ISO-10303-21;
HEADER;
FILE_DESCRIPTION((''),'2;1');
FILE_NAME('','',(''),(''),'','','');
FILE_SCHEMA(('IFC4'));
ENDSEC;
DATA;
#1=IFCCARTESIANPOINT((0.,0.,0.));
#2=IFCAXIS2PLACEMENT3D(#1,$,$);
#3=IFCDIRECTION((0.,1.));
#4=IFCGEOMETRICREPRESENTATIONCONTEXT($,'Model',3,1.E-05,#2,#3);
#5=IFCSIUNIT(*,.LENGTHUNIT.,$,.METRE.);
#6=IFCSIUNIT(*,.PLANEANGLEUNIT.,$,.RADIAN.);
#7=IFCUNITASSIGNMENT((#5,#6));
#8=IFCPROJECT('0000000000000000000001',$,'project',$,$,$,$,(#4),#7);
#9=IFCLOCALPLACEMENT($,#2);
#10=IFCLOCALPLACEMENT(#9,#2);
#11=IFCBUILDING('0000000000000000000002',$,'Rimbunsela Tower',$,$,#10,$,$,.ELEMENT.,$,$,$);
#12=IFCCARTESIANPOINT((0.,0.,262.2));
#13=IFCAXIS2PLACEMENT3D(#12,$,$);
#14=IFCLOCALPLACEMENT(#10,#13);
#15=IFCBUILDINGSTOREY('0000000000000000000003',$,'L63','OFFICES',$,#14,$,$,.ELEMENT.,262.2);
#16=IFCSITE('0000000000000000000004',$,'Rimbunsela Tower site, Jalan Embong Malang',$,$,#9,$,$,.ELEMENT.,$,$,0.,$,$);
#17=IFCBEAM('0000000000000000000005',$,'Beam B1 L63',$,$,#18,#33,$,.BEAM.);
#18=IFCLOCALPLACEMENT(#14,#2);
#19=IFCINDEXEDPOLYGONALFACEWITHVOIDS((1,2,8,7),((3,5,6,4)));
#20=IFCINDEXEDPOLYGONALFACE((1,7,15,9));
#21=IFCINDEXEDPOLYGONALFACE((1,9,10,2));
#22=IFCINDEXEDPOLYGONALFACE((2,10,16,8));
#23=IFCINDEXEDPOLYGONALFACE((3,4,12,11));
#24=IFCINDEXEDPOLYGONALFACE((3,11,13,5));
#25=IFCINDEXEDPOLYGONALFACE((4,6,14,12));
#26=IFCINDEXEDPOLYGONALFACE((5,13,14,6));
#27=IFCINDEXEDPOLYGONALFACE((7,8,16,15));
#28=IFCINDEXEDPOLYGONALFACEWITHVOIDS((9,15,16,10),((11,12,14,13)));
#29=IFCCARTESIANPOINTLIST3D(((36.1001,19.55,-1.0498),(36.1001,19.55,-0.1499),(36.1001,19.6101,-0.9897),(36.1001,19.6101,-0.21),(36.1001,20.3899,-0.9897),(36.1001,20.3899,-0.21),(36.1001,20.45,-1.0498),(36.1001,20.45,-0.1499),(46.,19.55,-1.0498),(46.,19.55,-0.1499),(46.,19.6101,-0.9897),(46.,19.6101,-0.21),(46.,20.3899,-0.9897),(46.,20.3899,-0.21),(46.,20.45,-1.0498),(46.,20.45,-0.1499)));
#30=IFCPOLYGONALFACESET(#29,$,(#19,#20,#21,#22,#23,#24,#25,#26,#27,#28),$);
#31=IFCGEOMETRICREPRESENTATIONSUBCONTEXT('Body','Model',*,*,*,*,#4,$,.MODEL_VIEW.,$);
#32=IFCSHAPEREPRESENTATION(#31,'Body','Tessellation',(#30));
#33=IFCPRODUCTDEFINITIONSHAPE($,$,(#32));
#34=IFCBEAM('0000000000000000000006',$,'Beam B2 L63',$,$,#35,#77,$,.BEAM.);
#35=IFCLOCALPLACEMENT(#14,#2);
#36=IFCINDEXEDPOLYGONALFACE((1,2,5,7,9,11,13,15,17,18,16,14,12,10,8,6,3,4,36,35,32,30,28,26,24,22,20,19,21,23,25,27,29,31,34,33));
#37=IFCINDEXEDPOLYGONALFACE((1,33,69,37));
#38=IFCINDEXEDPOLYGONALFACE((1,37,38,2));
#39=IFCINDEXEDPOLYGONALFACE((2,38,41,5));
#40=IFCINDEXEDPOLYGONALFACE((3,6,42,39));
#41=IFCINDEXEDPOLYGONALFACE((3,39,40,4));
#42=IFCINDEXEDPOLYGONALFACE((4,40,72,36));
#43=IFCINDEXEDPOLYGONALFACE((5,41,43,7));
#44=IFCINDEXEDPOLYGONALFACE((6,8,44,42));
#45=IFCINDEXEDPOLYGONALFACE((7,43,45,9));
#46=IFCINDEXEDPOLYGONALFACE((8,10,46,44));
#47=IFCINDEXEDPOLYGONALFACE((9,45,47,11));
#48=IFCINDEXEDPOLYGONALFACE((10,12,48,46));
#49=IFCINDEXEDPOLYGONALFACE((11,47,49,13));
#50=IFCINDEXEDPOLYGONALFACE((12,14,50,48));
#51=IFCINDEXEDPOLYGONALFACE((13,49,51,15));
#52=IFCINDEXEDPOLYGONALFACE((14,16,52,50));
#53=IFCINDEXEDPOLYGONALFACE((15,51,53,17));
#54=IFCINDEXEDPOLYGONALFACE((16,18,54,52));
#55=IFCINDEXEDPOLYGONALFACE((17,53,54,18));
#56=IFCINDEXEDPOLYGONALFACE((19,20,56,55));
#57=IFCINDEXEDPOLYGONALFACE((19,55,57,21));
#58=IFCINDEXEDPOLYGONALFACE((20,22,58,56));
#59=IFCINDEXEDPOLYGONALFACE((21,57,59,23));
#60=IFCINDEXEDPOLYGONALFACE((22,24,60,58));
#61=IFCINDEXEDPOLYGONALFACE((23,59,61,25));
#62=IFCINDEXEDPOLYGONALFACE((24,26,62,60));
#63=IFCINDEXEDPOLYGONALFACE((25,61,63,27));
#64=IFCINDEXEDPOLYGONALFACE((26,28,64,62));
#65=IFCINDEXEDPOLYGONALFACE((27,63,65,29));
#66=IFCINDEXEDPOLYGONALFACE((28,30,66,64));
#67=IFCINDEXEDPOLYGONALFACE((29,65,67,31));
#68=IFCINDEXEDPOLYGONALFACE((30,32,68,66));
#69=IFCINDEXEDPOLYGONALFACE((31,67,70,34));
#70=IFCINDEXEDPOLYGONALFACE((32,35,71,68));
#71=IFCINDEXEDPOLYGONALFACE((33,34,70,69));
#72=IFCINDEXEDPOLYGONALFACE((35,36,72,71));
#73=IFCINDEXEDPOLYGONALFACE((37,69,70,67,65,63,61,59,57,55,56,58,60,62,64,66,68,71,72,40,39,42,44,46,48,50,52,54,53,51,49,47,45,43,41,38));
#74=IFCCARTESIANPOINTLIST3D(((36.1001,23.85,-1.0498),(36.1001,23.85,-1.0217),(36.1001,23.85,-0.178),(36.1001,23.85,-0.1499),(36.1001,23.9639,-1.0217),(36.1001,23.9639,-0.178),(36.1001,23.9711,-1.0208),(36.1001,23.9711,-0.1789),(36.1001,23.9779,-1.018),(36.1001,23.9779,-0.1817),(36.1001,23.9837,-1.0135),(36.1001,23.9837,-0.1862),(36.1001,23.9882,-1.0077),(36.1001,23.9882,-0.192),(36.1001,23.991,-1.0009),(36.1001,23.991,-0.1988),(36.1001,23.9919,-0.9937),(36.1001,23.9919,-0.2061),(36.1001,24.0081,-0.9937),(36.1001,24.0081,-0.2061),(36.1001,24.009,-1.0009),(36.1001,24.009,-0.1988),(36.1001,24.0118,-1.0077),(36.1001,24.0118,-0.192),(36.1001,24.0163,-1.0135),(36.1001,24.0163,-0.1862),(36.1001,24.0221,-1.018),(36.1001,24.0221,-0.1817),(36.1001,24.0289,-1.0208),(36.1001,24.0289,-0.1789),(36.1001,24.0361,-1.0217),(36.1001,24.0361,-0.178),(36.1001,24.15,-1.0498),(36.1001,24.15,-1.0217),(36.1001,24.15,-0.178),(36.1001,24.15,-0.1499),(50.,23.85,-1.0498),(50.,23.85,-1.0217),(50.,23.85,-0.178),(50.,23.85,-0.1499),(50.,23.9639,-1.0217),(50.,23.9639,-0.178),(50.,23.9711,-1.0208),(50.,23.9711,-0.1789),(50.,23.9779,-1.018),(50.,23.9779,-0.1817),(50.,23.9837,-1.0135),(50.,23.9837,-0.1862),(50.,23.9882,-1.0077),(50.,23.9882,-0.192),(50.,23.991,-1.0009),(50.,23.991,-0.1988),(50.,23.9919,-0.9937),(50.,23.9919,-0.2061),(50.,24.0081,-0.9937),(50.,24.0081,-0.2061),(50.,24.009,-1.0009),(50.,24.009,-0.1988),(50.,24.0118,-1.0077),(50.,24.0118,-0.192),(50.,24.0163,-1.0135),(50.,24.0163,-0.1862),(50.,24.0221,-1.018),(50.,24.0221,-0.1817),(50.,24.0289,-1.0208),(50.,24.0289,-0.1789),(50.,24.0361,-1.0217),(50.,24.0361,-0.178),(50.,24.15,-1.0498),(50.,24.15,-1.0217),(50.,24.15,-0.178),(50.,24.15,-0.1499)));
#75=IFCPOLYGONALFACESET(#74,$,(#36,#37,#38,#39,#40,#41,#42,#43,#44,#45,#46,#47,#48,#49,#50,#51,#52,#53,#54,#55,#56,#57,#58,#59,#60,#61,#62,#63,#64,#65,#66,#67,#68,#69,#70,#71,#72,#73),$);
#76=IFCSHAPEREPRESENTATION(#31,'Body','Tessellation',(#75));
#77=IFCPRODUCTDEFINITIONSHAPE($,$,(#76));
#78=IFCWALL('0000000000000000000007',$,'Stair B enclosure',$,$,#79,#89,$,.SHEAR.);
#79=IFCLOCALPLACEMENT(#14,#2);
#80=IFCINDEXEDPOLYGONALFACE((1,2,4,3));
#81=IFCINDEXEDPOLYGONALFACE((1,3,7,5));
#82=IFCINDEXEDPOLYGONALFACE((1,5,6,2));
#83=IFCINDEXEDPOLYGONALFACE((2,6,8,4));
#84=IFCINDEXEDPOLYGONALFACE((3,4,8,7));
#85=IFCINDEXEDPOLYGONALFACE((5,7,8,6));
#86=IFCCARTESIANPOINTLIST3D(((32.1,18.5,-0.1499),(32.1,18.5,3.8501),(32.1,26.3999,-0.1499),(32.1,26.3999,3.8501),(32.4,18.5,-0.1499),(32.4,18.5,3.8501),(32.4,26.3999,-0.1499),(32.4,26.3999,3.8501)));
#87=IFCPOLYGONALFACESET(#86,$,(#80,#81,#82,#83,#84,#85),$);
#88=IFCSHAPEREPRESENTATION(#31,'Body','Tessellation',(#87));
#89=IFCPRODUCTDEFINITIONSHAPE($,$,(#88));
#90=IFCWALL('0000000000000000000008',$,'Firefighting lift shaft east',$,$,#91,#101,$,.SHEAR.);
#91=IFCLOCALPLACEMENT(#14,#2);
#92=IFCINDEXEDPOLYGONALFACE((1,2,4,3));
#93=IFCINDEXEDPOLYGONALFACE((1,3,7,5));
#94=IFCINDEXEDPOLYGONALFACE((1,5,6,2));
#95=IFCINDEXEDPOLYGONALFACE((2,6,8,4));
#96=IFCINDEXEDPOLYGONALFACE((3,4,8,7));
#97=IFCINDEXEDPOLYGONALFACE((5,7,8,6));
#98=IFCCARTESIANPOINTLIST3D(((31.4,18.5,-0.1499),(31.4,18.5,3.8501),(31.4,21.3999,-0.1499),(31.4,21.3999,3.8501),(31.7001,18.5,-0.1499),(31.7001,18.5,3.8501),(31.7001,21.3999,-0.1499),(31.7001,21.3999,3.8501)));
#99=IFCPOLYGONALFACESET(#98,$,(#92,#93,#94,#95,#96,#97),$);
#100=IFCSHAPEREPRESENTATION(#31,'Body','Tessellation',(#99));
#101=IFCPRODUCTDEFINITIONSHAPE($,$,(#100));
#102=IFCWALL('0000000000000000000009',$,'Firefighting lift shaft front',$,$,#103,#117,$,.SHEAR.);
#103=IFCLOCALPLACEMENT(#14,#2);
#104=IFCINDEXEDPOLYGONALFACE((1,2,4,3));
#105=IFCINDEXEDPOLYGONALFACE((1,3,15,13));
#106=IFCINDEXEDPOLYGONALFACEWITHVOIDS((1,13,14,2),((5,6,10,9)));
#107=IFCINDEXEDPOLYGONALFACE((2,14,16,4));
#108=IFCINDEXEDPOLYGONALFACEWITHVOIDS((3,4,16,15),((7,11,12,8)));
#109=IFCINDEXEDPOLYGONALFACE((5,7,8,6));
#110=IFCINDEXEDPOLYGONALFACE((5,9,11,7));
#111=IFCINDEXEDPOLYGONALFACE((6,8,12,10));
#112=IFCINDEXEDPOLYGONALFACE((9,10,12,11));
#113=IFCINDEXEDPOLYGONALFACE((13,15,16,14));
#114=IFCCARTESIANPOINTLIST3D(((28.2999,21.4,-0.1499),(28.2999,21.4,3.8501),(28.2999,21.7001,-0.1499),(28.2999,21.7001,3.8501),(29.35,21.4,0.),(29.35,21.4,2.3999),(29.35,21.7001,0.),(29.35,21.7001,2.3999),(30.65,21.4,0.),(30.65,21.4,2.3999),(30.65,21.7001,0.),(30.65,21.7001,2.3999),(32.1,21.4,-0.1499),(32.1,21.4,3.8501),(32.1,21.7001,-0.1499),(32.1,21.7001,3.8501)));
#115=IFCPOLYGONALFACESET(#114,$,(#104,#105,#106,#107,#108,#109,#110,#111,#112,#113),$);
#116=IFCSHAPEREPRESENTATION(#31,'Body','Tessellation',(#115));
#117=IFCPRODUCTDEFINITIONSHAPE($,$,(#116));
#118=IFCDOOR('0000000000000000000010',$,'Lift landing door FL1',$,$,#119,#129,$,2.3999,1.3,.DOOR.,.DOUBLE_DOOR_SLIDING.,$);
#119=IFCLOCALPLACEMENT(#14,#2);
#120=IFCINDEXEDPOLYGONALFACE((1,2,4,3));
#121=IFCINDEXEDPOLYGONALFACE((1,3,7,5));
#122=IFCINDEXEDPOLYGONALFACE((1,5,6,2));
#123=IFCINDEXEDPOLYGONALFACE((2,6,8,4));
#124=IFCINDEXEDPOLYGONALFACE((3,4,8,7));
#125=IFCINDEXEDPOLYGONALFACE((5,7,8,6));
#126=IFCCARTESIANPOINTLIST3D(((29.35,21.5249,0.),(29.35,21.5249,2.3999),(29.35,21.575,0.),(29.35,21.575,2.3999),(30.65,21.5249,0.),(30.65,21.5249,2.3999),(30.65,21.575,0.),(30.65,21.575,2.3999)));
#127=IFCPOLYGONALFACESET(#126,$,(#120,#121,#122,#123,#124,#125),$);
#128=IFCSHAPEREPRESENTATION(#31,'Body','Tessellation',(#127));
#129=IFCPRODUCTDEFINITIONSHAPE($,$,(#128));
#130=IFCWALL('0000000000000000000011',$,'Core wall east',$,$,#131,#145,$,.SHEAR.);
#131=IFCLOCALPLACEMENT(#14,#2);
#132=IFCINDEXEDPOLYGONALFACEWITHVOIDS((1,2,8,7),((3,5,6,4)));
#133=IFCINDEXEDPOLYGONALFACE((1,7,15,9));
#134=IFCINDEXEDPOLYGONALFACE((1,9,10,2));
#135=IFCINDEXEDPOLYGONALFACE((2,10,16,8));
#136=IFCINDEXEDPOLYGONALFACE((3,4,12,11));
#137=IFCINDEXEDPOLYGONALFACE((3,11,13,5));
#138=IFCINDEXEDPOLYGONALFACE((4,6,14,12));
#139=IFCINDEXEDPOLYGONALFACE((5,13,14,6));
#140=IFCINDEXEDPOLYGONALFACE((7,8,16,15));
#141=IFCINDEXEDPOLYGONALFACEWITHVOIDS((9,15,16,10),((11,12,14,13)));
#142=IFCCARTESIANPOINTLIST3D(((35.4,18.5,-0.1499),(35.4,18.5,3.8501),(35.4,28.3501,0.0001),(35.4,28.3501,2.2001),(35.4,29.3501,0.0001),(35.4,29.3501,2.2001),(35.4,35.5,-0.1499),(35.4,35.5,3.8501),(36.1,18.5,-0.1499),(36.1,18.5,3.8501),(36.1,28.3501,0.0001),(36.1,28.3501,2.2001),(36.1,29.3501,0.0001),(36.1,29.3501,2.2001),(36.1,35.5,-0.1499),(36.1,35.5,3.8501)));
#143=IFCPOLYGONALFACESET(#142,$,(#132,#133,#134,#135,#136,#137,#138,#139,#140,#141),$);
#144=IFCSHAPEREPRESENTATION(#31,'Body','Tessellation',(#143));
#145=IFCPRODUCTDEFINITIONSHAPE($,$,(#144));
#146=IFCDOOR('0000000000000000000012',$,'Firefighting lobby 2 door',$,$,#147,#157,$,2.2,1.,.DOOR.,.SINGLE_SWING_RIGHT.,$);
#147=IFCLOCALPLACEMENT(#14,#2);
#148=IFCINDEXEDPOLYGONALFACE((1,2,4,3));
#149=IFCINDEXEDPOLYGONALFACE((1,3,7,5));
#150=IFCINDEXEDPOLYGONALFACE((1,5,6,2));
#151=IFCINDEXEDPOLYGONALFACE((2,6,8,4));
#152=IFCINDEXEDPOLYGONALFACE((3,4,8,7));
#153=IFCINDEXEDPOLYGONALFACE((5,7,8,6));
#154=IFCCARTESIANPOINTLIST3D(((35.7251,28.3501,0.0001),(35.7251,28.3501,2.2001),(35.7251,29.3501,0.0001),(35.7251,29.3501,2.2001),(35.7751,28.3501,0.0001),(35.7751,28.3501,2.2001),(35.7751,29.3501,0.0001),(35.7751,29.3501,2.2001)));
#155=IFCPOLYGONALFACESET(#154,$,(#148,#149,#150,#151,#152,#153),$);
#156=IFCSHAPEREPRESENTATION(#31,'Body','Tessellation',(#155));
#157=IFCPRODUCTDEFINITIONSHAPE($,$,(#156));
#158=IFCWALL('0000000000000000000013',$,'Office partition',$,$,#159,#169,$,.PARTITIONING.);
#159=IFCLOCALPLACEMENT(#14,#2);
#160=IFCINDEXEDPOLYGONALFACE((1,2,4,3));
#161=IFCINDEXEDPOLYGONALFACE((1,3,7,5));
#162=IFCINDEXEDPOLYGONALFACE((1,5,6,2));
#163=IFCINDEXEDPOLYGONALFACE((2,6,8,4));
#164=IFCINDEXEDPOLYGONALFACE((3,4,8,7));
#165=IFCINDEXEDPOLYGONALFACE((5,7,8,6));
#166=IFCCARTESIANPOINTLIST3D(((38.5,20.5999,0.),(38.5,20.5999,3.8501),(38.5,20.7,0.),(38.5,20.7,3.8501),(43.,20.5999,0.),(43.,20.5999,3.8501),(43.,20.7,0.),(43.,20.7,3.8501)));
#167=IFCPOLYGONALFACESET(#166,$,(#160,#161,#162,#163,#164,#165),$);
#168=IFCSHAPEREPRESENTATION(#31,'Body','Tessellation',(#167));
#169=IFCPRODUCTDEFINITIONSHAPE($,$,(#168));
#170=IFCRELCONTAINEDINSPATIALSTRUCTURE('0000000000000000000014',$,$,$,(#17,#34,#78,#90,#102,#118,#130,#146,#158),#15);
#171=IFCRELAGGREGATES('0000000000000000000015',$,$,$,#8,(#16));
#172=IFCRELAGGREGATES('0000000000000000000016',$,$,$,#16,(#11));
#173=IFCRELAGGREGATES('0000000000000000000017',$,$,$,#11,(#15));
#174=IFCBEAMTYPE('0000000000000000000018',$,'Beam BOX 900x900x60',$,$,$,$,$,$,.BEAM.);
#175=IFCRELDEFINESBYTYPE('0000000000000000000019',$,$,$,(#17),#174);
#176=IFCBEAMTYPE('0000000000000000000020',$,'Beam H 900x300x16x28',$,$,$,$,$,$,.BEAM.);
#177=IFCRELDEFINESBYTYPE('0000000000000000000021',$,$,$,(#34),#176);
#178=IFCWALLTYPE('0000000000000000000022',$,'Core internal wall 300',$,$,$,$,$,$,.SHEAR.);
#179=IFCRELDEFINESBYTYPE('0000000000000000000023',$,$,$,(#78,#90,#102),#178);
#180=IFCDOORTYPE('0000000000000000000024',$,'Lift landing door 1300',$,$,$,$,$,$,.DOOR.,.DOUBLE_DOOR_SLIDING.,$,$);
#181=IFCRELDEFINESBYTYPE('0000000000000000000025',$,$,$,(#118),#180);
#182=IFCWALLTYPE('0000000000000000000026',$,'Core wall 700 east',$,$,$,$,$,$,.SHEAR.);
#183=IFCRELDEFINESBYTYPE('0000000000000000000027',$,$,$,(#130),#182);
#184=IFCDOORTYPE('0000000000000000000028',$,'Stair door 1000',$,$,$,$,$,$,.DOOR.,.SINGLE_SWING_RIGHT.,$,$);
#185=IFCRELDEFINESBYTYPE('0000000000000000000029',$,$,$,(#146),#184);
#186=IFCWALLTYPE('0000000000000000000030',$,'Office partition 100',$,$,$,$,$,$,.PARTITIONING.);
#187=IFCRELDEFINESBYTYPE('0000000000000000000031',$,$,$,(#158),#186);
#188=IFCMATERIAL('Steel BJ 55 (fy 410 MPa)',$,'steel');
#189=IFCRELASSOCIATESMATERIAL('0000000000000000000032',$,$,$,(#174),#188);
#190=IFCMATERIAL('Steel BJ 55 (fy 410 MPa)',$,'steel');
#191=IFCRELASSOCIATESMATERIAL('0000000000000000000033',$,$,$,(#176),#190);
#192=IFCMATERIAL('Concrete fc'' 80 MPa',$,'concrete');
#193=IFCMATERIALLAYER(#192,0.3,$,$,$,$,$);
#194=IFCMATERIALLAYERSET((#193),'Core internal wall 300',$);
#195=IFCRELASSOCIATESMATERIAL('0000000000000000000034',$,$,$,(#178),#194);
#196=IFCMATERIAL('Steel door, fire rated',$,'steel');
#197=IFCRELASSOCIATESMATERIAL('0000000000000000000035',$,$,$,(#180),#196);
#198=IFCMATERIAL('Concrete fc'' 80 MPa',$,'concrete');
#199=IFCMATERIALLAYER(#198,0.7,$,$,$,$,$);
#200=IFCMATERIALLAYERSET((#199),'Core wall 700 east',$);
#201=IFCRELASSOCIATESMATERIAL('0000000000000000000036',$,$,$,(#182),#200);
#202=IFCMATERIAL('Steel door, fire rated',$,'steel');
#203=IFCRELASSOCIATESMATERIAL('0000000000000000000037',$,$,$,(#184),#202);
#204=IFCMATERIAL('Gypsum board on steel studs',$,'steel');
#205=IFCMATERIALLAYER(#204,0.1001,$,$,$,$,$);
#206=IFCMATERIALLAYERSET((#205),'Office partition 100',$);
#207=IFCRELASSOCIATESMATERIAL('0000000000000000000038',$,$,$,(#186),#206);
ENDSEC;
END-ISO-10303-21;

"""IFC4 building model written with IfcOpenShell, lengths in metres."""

from ifc_helpers import new_model, si_unit, direction, frame, frame_2d, origin, origin_2d, place, context, subcontext, project, spatial, rectangle, hollow_rectangle, i_section, extrude, material, layer, layer_set, material_profile, profile_set, type_object, element, fill, save


model = new_model("IFC4")

# Units and contexts
model_context = context("Model", 3, precision=1e-05, world=origin(), true_north=direction((0.0, 1.0)))
body_context = subcontext(model_context, "Body", "Model", "MODEL_VIEW")
ifc_project = project(units=[si_unit("LENGTHUNIT", "METRE"), si_unit("PLANEANGLEUNIT", "RADIAN")], contexts=[model_context])

# Site, building, storey
site_placement = place(None, origin())
site = spatial("IfcSite", under=ifc_project, at=site_placement, Name="Rimbunsela Tower site, Jalan Embong Malang", CompositionType="ELEMENT", RefElevation=0.0)
building_placement = place(site_placement, origin())
building = spatial("IfcBuilding", under=site, at=building_placement, Name="Rimbunsela Tower", CompositionType="ELEMENT")
storey_placement = place(building_placement, frame((0.0, 0.0, 262.2)))
storey = spatial("IfcBuildingStorey", under=building, at=storey_placement, Name="L63", Description="OFFICES", CompositionType="ELEMENT", Elevation=262.2)

# Beams
ifc_material_1 = material(Name="Steel BJ 55 (fy 410 MPa)", Category="steel")
ifc_material_profile_1 = material_profile(ifc_material_1, hollow_rectangle(XDim=0.8999, YDim=0.8999, WallThickness=0.0601, at=origin_2d()), Name="BOX 900x900x60")
ifc_profile_set_1 = profile_set([ifc_material_profile_1], Name="Steel BJ 55 (fy 410 MPa)")
beam_type_1 = type_object("IfcBeamType", Name="Beam BOX 900x900x60", PredefinedType="BEAM", material=ifc_profile_set_1)
beam_1_placement = place(storey_placement, frame((36.1001, 20.0, -0.5999), z_axis=(1.0, 0.0, 0.0), x_axis=(0.0, 1.0, 0.0)))
element("IfcBeam", 1, at=beam_1_placement, inside=storey, type_object=beam_type_1, Name="Beam B1 L63", PredefinedType="BEAM", context=body_context, shape_type="SweptSolid", body=[
    extrude(hollow_rectangle(XDim=0.8999, YDim=0.8999, WallThickness=0.0601, at=origin_2d()), origin(), (0.0, 0.0, 1.0), 9.8999),
])
ifc_material_2 = material(Name="Steel BJ 55 (fy 410 MPa)", Category="steel")
ifc_material_profile_2 = material_profile(ifc_material_2, i_section(OverallWidth=0.3, OverallDepth=0.8999, WebThickness=0.0161, FlangeThickness=0.0281, FilletRadius=0.0281, at=origin_2d()), Name="H 900x300x16x28")
ifc_profile_set_2 = profile_set([ifc_material_profile_2], Name="Steel BJ 55 (fy 410 MPa)")
beam_type_2 = type_object("IfcBeamType", Name="Beam H 900x300x16x28", PredefinedType="BEAM", material=ifc_profile_set_2)
beam_2_placement = place(storey_placement, frame((36.1001, 24.0, -0.5999), z_axis=(1.0, 0.0, 0.0), x_axis=(0.0, 1.0, 0.0)))
element("IfcBeam", 2, at=beam_2_placement, inside=storey, type_object=beam_type_2, Name="Beam B2 L63", PredefinedType="BEAM", context=body_context, shape_type="SweptSolid", body=[
    extrude(i_section(OverallWidth=0.3, OverallDepth=0.8999, WebThickness=0.0161, FlangeThickness=0.0281, FilletRadius=0.0281, at=origin_2d()), origin(), (0.0, 0.0, 1.0), 13.8999),
])

# Walls
ifc_material_3 = material(Name="Concrete fc' 80 MPa", Category="concrete")
ifc_layer_1 = layer(ifc_material_3, 0.3)
ifc_layer_set_1 = layer_set([ifc_layer_1], Name="Core internal wall 300")
wall_type_1 = type_object("IfcWallType", Name="Core internal wall 300", PredefinedType="SHEAR", material=ifc_layer_set_1)
wall_1_placement = place(storey_placement, frame((32.25, 18.5, -0.1499), z_axis=(0.0, 0.0, 1.0), x_axis=(0.0, 1.0, 0.0)))
element("IfcWall", 3, at=wall_1_placement, inside=storey, type_object=wall_type_1, Name="Stair B enclosure", PredefinedType="SHEAR", context=body_context, shape_type="SweptSolid", body=[
    extrude(rectangle(XDim=7.8999, YDim=0.3, at=frame_2d((3.95, 0.0))), origin(), (0.0, 0.0, 1.0), 4.0),
])
wall_2_placement = place(storey_placement, frame((31.55, 18.5, -0.1499), z_axis=(0.0, 0.0, 1.0), x_axis=(0.0, 1.0, 0.0)))
element("IfcWall", 4, at=wall_2_placement, inside=storey, type_object=wall_type_1, Name="Firefighting lift shaft east", PredefinedType="SHEAR", context=body_context, shape_type="SweptSolid", body=[
    extrude(rectangle(XDim=2.8999, YDim=0.3, at=frame_2d((1.45, 0.0))), origin(), (0.0, 0.0, 1.0), 4.0),
])

# Walls, openings, doors
wall_3_placement = place(storey_placement, frame((28.3, 21.55, -0.1499), z_axis=(0.0, 0.0, 1.0), x_axis=(1.0, 0.0, 0.0)))
wall_3 = element("IfcWall", 5, at=wall_3_placement, inside=storey, type_object=wall_type_1, Name="Firefighting lift shaft front", PredefinedType="SHEAR", context=body_context, shape_type="SweptSolid", body=[
    extrude(rectangle(XDim=3.8, YDim=0.3, at=frame_2d((1.8999, 0.0))), origin(), (0.0, 0.0, 1.0), 4.0),
])
opening_1_placement = place(wall_3_placement, frame((1.05, 0.0, 0.1499)))
opening_1 = element("IfcOpeningElement", 6, at=opening_1_placement, cuts=wall_3, PredefinedType="OPENING", context=body_context, shape_type="SweptSolid", body=[
    extrude(rectangle(XDim=1.3, YDim=2.3999, at=frame_2d((0.6499, 1.2))), frame((0.0, 0.1599, 0.0), z_axis=(0.0, -1.0, 0.0), x_axis=(1.0, 0.0, 0.0)), (0.0, 0.0, 1.0), 0.3201),
])
ifc_material_4 = material(Name="Steel door, fire rated", Category="steel")
door_type_1 = type_object("IfcDoorType", Name="Lift landing door 1300", OperationType="DOUBLE_DOOR_SLIDING", PredefinedType="DOOR", material=ifc_material_4)
door_1_placement = place(opening_1_placement, origin())
door_1 = element("IfcDoor", 7, at=door_1_placement, inside=storey, type_object=door_type_1, Name="Lift landing door FL1", OperationType="DOUBLE_DOOR_SLIDING", OverallHeight=2.3999, OverallWidth=1.3, PredefinedType="DOOR", context=body_context, shape_type="SweptSolid", body=[
    extrude(rectangle(XDim=1.3, YDim=2.3999, at=frame_2d((0.6499, 1.2))), frame((0.0, 0.0249, 0.0), z_axis=(0.0, -1.0, 0.0), x_axis=(1.0, 0.0, 0.0)), (0.0, 0.0, 1.0), 0.05),
])
fill(opening_1, door_1)
ifc_material_5 = material(Name="Concrete fc' 80 MPa", Category="concrete")
ifc_layer_2 = layer(ifc_material_5, 0.7)
ifc_layer_set_2 = layer_set([ifc_layer_2], Name="Core wall 700 east")
wall_type_2 = type_object("IfcWallType", Name="Core wall 700 east", PredefinedType="SHEAR", material=ifc_layer_set_2)
wall_4_placement = place(storey_placement, frame((35.75, 18.5, -0.1499), z_axis=(0.0, 0.0, 1.0), x_axis=(0.0, 1.0, 0.0)))
wall_4 = element("IfcWall", 8, at=wall_4_placement, inside=storey, type_object=wall_type_2, Name="Core wall east", PredefinedType="SHEAR", context=body_context, shape_type="SweptSolid", body=[
    extrude(rectangle(XDim=17.0, YDim=0.7, at=frame_2d((8.5, 0.0))), origin(), (0.0, 0.0, 1.0), 4.0),
])
opening_2_placement = place(wall_4_placement, frame((9.8501, 0.0, 0.1499)))
opening_2 = element("IfcOpeningElement", 9, at=opening_2_placement, cuts=wall_4, PredefinedType="OPENING", context=body_context, shape_type="SweptSolid", body=[
    extrude(rectangle(XDim=1.0, YDim=2.2, at=frame_2d((0.5, 1.1001))), frame((0.0, 0.3599, 0.0), z_axis=(0.0, -1.0, 0.0), x_axis=(1.0, 0.0, 0.0)), (0.0, 0.0, 1.0), 0.72),
])
ifc_material_6 = material(Name="Steel door, fire rated", Category="steel")
door_type_2 = type_object("IfcDoorType", Name="Stair door 1000", OperationType="SINGLE_SWING_RIGHT", PredefinedType="DOOR", material=ifc_material_6)
door_2_placement = place(opening_2_placement, origin())
door_2 = element("IfcDoor", 10, at=door_2_placement, inside=storey, type_object=door_type_2, Name="Firefighting lobby 2 door", OperationType="SINGLE_SWING_RIGHT", OverallHeight=2.2, OverallWidth=1.0, PredefinedType="DOOR", context=body_context, shape_type="SweptSolid", body=[
    extrude(rectangle(XDim=1.0, YDim=2.2, at=frame_2d((0.5, 1.1001))), frame((0.0, 0.0249, 0.0), z_axis=(0.0, -1.0, 0.0), x_axis=(1.0, 0.0, 0.0)), (0.0, 0.0, 1.0), 0.05),
])
fill(opening_2, door_2)

# Wall
ifc_material_7 = material(Name="Gypsum board on steel studs", Category="steel")
ifc_layer_3 = layer(ifc_material_7, 0.1001)
ifc_layer_set_3 = layer_set([ifc_layer_3], Name="Office partition 100")
wall_type_3 = type_object("IfcWallType", Name="Office partition 100", PredefinedType="PARTITIONING", material=ifc_layer_set_3)
wall_5_placement = place(storey_placement, frame((38.5, 20.6499, 0.0), z_axis=(0.0, 0.0, 1.0), x_axis=(1.0, 0.0, 0.0)))
element("IfcWall", 11, at=wall_5_placement, inside=storey, type_object=wall_type_3, Name="Office partition", PredefinedType="PARTITIONING", context=body_context, shape_type="SweptSolid", body=[
    extrude(rectangle(XDim=4.5, YDim=0.1001, at=frame_2d((2.25, 0.0))), origin(), (0.0, 0.0, 1.0), 3.8501),
])

save(model, "model.ifc")
